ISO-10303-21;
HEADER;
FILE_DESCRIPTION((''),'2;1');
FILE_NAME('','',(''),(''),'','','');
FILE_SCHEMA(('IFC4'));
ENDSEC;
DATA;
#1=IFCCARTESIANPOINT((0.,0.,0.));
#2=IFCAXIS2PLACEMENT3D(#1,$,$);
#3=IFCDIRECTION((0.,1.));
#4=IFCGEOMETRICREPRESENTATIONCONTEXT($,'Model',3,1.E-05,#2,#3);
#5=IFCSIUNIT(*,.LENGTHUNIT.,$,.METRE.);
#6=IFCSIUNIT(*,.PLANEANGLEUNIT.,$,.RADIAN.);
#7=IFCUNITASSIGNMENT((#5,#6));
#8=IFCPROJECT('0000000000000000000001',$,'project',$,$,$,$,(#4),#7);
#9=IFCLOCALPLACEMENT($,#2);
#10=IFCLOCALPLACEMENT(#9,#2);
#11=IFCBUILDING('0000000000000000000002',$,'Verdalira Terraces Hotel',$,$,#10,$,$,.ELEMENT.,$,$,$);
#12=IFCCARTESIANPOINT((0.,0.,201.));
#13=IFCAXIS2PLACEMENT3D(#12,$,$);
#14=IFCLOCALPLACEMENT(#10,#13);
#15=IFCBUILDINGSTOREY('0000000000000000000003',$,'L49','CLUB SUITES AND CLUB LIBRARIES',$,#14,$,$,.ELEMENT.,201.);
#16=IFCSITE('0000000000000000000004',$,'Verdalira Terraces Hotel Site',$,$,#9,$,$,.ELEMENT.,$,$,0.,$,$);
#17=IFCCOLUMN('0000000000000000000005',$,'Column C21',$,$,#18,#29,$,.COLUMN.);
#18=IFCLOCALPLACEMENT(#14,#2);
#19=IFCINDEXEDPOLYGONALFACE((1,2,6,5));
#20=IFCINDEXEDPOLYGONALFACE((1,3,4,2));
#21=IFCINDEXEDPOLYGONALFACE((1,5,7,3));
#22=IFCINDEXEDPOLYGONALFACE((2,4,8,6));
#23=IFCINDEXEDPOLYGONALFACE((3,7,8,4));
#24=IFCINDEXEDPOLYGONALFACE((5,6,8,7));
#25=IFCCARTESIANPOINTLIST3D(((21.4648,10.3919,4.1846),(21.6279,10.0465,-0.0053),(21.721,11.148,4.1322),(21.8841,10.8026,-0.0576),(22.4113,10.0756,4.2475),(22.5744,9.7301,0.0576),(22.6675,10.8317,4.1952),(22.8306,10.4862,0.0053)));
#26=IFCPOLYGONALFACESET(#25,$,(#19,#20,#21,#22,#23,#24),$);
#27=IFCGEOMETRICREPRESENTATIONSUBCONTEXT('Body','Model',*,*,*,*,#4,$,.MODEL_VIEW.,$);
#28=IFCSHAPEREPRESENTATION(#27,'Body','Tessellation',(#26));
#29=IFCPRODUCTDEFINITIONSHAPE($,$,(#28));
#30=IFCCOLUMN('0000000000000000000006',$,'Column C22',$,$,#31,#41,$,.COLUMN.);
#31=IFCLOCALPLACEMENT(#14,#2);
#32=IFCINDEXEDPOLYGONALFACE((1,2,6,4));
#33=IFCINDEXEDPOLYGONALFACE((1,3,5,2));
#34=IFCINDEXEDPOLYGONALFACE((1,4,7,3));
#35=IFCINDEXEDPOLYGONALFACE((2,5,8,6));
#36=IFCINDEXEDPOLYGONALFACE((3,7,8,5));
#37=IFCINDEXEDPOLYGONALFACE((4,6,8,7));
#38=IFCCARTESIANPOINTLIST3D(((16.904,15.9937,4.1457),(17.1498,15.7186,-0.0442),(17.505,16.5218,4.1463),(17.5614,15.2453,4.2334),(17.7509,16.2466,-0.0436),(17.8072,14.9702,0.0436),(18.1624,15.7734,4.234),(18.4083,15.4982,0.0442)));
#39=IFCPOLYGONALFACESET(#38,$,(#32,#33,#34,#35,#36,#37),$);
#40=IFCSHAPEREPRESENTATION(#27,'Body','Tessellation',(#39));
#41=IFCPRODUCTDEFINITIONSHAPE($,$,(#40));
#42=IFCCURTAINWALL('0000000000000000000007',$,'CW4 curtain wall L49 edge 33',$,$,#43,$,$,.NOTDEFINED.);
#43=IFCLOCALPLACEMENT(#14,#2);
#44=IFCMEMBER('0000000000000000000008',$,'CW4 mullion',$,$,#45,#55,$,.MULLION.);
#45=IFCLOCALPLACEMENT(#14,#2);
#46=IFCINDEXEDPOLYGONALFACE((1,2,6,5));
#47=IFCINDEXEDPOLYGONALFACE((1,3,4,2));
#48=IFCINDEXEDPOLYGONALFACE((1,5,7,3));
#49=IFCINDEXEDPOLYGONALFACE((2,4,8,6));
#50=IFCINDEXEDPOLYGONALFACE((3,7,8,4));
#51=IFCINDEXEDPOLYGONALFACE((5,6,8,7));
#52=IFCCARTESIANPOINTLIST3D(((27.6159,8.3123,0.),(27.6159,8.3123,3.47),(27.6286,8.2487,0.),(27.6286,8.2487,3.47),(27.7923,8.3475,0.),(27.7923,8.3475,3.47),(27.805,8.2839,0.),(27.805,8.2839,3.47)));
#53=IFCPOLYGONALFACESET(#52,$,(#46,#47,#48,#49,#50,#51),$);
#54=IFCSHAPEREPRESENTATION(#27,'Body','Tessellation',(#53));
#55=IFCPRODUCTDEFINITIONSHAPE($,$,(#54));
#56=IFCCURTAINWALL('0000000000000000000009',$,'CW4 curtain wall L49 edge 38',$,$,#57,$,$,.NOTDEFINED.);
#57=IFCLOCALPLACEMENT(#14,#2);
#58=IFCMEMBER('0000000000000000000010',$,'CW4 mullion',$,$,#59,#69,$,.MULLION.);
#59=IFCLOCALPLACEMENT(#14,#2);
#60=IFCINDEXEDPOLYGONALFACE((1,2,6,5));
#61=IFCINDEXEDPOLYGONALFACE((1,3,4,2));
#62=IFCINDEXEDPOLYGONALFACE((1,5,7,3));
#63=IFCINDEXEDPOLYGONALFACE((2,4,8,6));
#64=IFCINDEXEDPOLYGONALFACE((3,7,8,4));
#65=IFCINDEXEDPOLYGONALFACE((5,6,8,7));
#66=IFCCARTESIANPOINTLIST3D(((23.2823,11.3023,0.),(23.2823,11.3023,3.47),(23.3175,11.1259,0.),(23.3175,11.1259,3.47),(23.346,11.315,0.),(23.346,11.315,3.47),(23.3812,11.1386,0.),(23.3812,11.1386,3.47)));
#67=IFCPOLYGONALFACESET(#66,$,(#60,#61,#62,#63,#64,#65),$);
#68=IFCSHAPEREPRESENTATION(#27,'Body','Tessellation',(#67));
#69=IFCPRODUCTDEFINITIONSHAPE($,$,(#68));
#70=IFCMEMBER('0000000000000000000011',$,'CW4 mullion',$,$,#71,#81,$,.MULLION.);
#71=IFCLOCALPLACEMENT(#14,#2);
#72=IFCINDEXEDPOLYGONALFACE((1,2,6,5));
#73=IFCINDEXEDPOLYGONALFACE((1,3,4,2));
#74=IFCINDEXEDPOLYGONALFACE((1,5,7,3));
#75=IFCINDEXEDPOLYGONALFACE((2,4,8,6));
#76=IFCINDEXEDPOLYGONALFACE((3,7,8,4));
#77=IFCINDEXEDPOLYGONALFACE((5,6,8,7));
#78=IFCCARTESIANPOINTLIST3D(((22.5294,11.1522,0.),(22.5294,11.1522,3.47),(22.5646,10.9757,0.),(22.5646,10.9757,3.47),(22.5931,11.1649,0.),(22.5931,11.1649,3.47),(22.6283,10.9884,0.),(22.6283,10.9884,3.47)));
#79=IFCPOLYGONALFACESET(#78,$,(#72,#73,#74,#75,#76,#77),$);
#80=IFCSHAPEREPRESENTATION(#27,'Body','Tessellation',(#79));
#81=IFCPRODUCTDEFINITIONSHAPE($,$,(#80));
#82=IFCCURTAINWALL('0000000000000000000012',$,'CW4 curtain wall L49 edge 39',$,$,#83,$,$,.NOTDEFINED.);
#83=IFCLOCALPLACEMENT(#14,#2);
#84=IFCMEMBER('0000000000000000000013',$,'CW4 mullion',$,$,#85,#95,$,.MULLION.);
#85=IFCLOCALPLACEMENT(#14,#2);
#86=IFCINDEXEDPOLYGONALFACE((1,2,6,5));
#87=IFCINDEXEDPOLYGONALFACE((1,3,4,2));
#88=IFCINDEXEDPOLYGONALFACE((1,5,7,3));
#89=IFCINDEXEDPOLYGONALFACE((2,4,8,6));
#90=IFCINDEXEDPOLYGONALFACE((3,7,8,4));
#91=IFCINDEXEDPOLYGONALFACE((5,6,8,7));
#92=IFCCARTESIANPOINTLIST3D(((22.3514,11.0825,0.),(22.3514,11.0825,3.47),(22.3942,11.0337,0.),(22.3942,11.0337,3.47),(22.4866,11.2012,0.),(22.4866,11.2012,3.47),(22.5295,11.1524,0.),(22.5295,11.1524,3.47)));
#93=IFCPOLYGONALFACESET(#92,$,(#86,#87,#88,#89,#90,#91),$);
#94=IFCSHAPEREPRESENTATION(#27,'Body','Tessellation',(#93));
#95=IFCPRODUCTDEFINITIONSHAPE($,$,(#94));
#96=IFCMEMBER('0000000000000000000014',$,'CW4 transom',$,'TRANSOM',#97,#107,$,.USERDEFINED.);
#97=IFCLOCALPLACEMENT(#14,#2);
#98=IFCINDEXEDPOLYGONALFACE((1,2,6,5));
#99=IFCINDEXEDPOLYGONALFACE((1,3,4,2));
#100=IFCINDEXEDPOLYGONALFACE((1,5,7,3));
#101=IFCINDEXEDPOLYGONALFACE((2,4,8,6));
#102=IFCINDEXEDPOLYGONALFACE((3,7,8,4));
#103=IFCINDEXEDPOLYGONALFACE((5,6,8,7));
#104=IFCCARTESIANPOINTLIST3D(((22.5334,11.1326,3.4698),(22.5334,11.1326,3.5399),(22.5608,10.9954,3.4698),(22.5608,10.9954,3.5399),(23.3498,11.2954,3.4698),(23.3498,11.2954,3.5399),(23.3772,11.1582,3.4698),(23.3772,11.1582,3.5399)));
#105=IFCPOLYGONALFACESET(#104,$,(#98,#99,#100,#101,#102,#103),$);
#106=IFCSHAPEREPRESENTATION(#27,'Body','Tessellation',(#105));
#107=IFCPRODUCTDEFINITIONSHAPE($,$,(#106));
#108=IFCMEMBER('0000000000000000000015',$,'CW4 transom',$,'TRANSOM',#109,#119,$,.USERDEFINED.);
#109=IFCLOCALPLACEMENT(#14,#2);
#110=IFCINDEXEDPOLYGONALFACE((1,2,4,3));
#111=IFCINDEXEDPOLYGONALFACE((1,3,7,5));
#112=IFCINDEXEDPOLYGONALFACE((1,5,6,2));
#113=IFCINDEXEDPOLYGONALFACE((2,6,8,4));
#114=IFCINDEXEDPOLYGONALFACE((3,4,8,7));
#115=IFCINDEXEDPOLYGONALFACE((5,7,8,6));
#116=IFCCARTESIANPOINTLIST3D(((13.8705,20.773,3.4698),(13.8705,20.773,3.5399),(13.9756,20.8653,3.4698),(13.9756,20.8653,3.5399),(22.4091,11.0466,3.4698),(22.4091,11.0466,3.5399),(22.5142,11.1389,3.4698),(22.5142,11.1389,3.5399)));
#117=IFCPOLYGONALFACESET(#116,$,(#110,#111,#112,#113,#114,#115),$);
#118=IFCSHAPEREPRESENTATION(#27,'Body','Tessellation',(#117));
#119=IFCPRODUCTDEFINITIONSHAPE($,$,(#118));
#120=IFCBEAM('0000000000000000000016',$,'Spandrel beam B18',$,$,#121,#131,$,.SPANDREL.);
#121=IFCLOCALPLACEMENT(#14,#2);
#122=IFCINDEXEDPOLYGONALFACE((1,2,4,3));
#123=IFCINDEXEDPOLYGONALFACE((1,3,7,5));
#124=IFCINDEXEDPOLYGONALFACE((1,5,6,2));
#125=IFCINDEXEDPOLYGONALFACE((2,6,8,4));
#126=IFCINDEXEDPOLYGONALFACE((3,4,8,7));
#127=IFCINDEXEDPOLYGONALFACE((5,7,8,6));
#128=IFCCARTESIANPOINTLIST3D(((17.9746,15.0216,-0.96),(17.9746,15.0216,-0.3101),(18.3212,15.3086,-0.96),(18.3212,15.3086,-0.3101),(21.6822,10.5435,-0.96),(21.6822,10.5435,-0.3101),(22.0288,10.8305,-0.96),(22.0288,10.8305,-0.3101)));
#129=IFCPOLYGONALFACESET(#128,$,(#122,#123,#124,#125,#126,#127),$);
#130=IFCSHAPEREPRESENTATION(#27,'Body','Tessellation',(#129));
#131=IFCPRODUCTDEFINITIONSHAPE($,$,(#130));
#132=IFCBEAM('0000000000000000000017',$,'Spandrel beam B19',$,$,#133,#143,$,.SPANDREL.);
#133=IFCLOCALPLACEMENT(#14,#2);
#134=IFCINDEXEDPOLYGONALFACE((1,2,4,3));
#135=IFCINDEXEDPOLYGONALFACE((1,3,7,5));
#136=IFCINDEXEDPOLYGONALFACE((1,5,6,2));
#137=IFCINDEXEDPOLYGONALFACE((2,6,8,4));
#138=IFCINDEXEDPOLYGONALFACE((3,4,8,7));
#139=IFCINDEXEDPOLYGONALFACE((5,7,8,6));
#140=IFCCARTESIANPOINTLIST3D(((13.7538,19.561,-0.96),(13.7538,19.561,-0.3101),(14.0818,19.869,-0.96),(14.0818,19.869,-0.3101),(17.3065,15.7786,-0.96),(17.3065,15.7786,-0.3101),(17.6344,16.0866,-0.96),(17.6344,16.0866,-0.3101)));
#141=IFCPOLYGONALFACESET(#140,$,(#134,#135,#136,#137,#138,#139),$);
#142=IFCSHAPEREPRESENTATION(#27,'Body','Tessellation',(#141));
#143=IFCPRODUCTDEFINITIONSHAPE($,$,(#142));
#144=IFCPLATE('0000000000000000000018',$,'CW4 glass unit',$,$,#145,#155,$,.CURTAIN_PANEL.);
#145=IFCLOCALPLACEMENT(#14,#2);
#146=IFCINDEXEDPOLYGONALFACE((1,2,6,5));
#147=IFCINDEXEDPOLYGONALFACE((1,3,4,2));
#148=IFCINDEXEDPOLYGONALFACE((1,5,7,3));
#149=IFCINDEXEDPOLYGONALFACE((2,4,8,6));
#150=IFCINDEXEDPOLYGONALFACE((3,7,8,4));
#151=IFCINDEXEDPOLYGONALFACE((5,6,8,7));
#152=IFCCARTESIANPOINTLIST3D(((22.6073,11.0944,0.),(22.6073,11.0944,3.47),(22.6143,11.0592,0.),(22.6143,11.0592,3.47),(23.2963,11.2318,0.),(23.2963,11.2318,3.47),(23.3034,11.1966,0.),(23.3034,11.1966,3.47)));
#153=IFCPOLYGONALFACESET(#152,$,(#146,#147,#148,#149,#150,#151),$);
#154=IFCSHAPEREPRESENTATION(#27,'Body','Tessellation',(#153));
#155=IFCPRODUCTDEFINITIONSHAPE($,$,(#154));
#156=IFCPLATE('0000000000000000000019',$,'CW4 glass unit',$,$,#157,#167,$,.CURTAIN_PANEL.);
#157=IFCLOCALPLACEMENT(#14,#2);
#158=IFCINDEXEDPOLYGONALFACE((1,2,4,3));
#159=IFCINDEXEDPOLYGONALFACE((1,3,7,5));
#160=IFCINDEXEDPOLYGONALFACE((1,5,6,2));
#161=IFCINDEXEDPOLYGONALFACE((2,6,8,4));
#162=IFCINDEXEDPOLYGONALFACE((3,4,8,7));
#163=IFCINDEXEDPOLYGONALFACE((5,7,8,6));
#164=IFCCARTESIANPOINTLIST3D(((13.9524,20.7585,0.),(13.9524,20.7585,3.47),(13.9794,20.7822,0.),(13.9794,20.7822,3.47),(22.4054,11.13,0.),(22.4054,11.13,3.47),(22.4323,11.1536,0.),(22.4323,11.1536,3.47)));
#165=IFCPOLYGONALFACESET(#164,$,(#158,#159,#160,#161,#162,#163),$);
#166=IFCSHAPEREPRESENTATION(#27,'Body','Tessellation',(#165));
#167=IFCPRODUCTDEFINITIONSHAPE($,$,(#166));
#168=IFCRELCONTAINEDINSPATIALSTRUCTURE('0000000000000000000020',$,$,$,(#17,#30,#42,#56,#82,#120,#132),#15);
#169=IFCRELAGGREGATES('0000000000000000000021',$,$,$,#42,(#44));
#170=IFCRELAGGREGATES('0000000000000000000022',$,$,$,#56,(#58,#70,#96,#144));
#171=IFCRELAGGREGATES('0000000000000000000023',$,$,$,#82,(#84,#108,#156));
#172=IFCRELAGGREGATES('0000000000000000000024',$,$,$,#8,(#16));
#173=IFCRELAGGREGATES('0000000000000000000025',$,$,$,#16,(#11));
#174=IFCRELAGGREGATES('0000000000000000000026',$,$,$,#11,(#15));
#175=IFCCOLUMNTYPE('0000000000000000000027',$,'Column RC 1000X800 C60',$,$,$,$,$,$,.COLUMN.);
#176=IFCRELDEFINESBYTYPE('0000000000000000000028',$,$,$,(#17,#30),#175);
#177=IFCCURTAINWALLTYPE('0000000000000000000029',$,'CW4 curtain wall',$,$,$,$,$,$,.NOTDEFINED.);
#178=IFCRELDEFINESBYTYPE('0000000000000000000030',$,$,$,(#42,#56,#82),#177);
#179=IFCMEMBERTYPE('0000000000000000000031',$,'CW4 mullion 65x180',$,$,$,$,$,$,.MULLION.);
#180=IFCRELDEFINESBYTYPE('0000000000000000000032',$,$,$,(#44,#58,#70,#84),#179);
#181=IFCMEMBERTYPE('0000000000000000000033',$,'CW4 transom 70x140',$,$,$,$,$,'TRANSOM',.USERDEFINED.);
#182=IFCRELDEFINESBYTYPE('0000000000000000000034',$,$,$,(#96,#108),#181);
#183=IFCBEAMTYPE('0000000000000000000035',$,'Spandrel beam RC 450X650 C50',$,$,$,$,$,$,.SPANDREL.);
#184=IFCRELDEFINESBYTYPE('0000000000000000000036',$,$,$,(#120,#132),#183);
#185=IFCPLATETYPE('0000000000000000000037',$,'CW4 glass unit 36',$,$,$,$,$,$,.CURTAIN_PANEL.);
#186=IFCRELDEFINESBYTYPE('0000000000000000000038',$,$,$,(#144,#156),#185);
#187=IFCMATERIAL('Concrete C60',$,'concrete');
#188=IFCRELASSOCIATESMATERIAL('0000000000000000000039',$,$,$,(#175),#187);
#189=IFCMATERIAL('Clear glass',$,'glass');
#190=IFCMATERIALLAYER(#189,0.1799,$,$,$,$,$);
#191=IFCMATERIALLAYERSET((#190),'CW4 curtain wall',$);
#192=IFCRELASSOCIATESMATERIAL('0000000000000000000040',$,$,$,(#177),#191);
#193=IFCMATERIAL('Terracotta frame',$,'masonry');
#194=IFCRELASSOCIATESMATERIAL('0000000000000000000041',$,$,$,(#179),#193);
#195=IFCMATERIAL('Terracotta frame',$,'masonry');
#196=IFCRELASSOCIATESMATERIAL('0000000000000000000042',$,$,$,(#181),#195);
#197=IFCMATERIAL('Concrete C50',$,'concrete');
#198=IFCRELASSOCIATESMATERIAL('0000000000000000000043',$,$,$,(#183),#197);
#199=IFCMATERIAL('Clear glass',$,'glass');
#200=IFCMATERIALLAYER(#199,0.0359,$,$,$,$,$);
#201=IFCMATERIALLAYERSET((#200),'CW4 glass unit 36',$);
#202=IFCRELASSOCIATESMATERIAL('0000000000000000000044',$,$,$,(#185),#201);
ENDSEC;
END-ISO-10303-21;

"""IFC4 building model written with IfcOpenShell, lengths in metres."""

from ifc_helpers import new_model, si_unit, direction, frame, origin, origin_2d, place, context, subcontext, project, spatial, rectangle, extrude, material, layer, layer_set, material_profile, profile_set, type_object, element, aggregate, save


model = new_model("IFC4")

# Units and contexts
model_context = context("Model", 3, precision=1e-05, world=origin(), true_north=direction((0.0, 1.0)))
body_context = subcontext(model_context, "Body", "Model", "MODEL_VIEW")
ifc_project = project(units=[si_unit("LENGTHUNIT", "METRE"), si_unit("PLANEANGLEUNIT", "RADIAN")], contexts=[model_context])

# Site, building, storey
site_placement = place(None, origin())
site = spatial("IfcSite", under=ifc_project, at=site_placement, Name="Verdalira Terraces Hotel Site", CompositionType="ELEMENT", RefElevation=0.0)
building_placement = place(site_placement, origin())
building = spatial("IfcBuilding", under=site, at=building_placement, Name="Verdalira Terraces Hotel", CompositionType="ELEMENT")
storey_placement = place(building_placement, frame((0.0, 0.0, 201.0)))
storey = spatial("IfcBuildingStorey", under=building, at=storey_placement, Name="L49", Description="CLUB SUITES AND CLUB LIBRARIES", CompositionType="ELEMENT", Elevation=201.0)

# Columns
ifc_material_1 = material(Name="Concrete C60", Category="concrete")
ifc_material_profile_1 = material_profile(ifc_material_1, rectangle(XDim=1.0, YDim=0.8, at=origin_2d()), Name="RC 1000X800")
ifc_profile_set_1 = profile_set([ifc_material_profile_1], Name="Concrete C60")
column_type = type_object("IfcColumnType", Name="Column RC 1000X800 C60", PredefinedType="COLUMN", material=ifc_profile_set_1)
column_1_placement = place(storey_placement, frame((22.2292, 10.2664, 0.0), z_axis=(-0.038762, 0.082109, 0.995869), x_axis=(0.946547, -0.316367, 0.062927)))
element("IfcColumn", 1, at=column_1_placement, inside=storey, type_object=column_type, Name="Column C21", PredefinedType="COLUMN", context=body_context, shape_type="SweptSolid", body=[
    extrude(rectangle(XDim=1.0, YDim=0.8, at=origin_2d()), origin(), (0.0, 0.0, 1.0), 4.2073),
])
column_2_placement = place(storey_placement, frame((17.7791, 15.6084, 0.0), z_axis=(-0.05845, 0.065415, 0.996145), x_axis=(-0.657428, 0.748394, -0.087721)))
element("IfcColumn", 2, at=column_2_placement, inside=storey, type_object=column_type, Name="Column C22", PredefinedType="COLUMN", context=body_context, shape_type="SweptSolid", body=[
    extrude(rectangle(XDim=1.0, YDim=0.8, at=origin_2d()), origin(), (0.0, 0.0, 1.0), 4.2061),
])

# Curtain wall, member
ifc_material_2 = material(Name="Clear glass", Category="glass")
ifc_layer_1 = layer(ifc_material_2, 0.1799)
ifc_layer_set_1 = layer_set([ifc_layer_1], Name="CW4 curtain wall")
curtain_wall_type = type_object("IfcCurtainWallType", Name="CW4 curtain wall", PredefinedType="NOTDEFINED", material=ifc_layer_set_1)
curtain_wall_1_placement = place(storey_placement, origin())
curtain_wall_1 = element("IfcCurtainWall", 3, at=curtain_wall_1_placement, inside=storey, type_object=curtain_wall_type, Name="CW4 curtain wall L49 edge 33", PredefinedType="NOTDEFINED")
ifc_material_3 = material(Name="Terracotta frame", Category="masonry")
ifc_material_profile_2 = material_profile(ifc_material_3, rectangle(XDim=0.0649, YDim=0.1799, at=origin_2d()), Name="MU 65x180")
ifc_profile_set_2 = profile_set([ifc_material_profile_2], Name="Terracotta frame")
member_type_1 = type_object("IfcMemberType", Name="CW4 mullion 65x180", PredefinedType="MULLION", material=ifc_profile_set_2)
member_1_placement = place(storey_placement, frame((27.7104, 8.2981, 0.0), z_axis=(0.0, 0.0, 1.0), x_axis=(-0.195604, 0.980683, 0.0)))
member_1 = element("IfcMember", 4, at=member_1_placement, type_object=member_type_1, Name="CW4 mullion", PredefinedType="MULLION", context=body_context, shape_type="SweptSolid", body=[
    extrude(rectangle(XDim=0.0649, YDim=0.1799, at=origin_2d()), origin(), (0.0, 0.0, 1.0), 3.47),
])
aggregate(curtain_wall_1, [member_1])

# Curtain wall, members
curtain_wall_2_placement = place(storey_placement, origin())
curtain_wall_2 = element("IfcCurtainWall", 5, at=curtain_wall_2_placement, inside=storey, type_object=curtain_wall_type, Name="CW4 curtain wall L49 edge 38", PredefinedType="NOTDEFINED")
member_2_placement = place(storey_placement, frame((23.3318, 11.2205, 0.0), z_axis=(0.0, 0.0, 1.0), x_axis=(-0.980683, -0.195604, 0.0)))
member_2 = element("IfcMember", 6, at=member_2_placement, type_object=member_type_1, Name="CW4 mullion", PredefinedType="MULLION", context=body_context, shape_type="SweptSolid", body=[
    extrude(rectangle(XDim=0.0649, YDim=0.1799, at=origin_2d()), origin(), (0.0, 0.0, 1.0), 3.47),
])
member_3_placement = place(storey_placement, frame((22.5789, 11.0703, 0.0), z_axis=(0.0, 0.0, 1.0), x_axis=(-0.980683, -0.195604, 0.0)))
member_3 = element("IfcMember", 7, at=member_3_placement, type_object=member_type_1, Name="CW4 mullion", PredefinedType="MULLION", context=body_context, shape_type="SweptSolid", body=[
    extrude(rectangle(XDim=0.0649, YDim=0.1799, at=origin_2d()), origin(), (0.0, 0.0, 1.0), 3.47),
])

# Curtain wall, member
curtain_wall_3_placement = place(storey_placement, origin())
curtain_wall_3 = element("IfcCurtainWall", 8, at=curtain_wall_3_placement, inside=storey, type_object=curtain_wall_type, Name="CW4 curtain wall L49 edge 39", PredefinedType="NOTDEFINED")
member_4_placement = place(storey_placement, frame((22.4404, 11.1174, 0.0), z_axis=(0.0, 0.0, 1.0), x_axis=(-0.659739, 0.751494, 0.0)))
member_4 = element("IfcMember", 9, at=member_4_placement, type_object=member_type_1, Name="CW4 mullion", PredefinedType="MULLION", context=body_context, shape_type="SweptSolid", body=[
    extrude(rectangle(XDim=0.0649, YDim=0.1799, at=origin_2d()), origin(), (0.0, 0.0, 1.0), 3.47),
])

# Members
ifc_material_4 = material(Name="Terracotta frame", Category="masonry")
ifc_material_profile_3 = material_profile(ifc_material_4, rectangle(XDim=0.1399, YDim=0.0701, at=origin_2d()), Name="TR 70x140")
ifc_profile_set_3 = profile_set([ifc_material_profile_3], Name="Terracotta frame")
member_type_2 = type_object("IfcMemberType", Name="CW4 transom 70x140", ElementType="TRANSOM", PredefinedType="USERDEFINED", material=ifc_profile_set_3)
member_5_placement = place(storey_placement, frame((23.3635, 11.2268, 3.5049), z_axis=(-0.980682, -0.195609, 0.0), x_axis=(0.195609, -0.980682, 0.0)))
member_5 = element("IfcMember", 10, at=member_5_placement, type_object=member_type_2, Name="CW4 transom", ObjectType="TRANSOM", PredefinedType="USERDEFINED", context=body_context, shape_type="SweptSolid", body=[
    extrude(rectangle(XDim=0.1399, YDim=0.0701, at=origin_2d()), origin(), (0.0, 0.0, 1.0), 0.8325),
])
member_6_placement = place(storey_placement, frame((22.4617, 11.0928, 3.5049), z_axis=(-0.659731, 0.751502, 0.0), x_axis=(-0.751502, -0.659731, 0.0)))
member_6 = element("IfcMember", 11, at=member_6_placement, type_object=member_type_2, Name="CW4 transom", ObjectType="TRANSOM", PredefinedType="USERDEFINED", context=body_context, shape_type="SweptSolid", body=[
    extrude(rectangle(XDim=0.1399, YDim=0.0701, at=origin_2d()), origin(), (0.0, 0.0, 1.0), 12.9426),
])

# Beams
ifc_material_5 = material(Name="Concrete C50", Category="concrete")
ifc_material_profile_4 = material_profile(ifc_material_5, rectangle(XDim=0.45, YDim=0.6499, at=origin_2d()), Name="RC 450X650")
ifc_profile_set_4 = profile_set([ifc_material_profile_4], Name="Concrete C50")
beam_type = type_object("IfcBeamType", Name="Spandrel beam RC 450X650 C50", PredefinedType="SPANDREL", material=ifc_profile_set_4)
beam_1_placement = place(storey_placement, frame((21.8555, 10.687, -0.635), z_axis=(-0.637728, 0.770262, 0.0), x_axis=(-0.770262, -0.637728, 0.0)))
element("IfcBeam", 12, at=beam_1_placement, inside=storey, type_object=beam_type, Name="Spandrel beam B18", PredefinedType="SPANDREL", context=body_context, shape_type="SweptSolid", body=[
    extrude(rectangle(XDim=0.45, YDim=0.6499, at=origin_2d()), origin(), (0.0, 0.0, 1.0), 5.8137),
])
beam_2_placement = place(storey_placement, frame((17.4705, 15.9326, -0.635), z_axis=(-0.684625, 0.728896, 0.0), x_axis=(-0.728896, -0.684625, 0.0)))
element("IfcBeam", 13, at=beam_2_placement, inside=storey, type_object=beam_type, Name="Spandrel beam B19", PredefinedType="SPANDREL", context=body_context, shape_type="SweptSolid", body=[
    extrude(rectangle(XDim=0.45, YDim=0.6499, at=origin_2d()), origin(), (0.0, 0.0, 1.0), 5.1892),
])

# Plates
ifc_material_6 = material(Name="Clear glass", Category="glass")
ifc_layer_2 = layer(ifc_material_6, 0.0359)
ifc_layer_set_2 = layer_set([ifc_layer_2], Name="CW4 glass unit 36")
plate_type = type_object("IfcPlateType", Name="CW4 glass unit 36", PredefinedType="CURTAIN_PANEL", material=ifc_layer_set_2)
plate_1_placement = place(storey_placement, frame((22.9553, 11.1455, 0.0), z_axis=(0.0, 0.0, 1.0), x_axis=(-0.980683, -0.195604, 0.0)))
plate_1 = element("IfcPlate", 14, at=plate_1_placement, type_object=plate_type, Name="CW4 glass unit", PredefinedType="CURTAIN_PANEL", context=body_context, shape_type="SweptSolid", body=[
    extrude(rectangle(XDim=0.7026, YDim=0.0359, at=origin_2d()), origin(), (0.0, 0.0, 1.0), 3.47),
])
aggregate(curtain_wall_2, [member_2, member_3, member_5, plate_1])
plate_2_placement = place(storey_placement, frame((18.1924, 15.9561, 0.0), z_axis=(0.0, 0.0, 1.0), x_axis=(-0.659739, 0.751494, 0.0)))
plate_2 = element("IfcPlate", 15, at=plate_2_placement, type_object=plate_type, Name="CW4 glass unit", PredefinedType="CURTAIN_PANEL", context=body_context, shape_type="SweptSolid", body=[
    extrude(rectangle(XDim=12.8125, YDim=0.0359, at=origin_2d()), origin(), (0.0, 0.0, 1.0), 3.47),
])
aggregate(curtain_wall_3, [member_4, member_6, plate_2])

save(model, "model.ifc")
